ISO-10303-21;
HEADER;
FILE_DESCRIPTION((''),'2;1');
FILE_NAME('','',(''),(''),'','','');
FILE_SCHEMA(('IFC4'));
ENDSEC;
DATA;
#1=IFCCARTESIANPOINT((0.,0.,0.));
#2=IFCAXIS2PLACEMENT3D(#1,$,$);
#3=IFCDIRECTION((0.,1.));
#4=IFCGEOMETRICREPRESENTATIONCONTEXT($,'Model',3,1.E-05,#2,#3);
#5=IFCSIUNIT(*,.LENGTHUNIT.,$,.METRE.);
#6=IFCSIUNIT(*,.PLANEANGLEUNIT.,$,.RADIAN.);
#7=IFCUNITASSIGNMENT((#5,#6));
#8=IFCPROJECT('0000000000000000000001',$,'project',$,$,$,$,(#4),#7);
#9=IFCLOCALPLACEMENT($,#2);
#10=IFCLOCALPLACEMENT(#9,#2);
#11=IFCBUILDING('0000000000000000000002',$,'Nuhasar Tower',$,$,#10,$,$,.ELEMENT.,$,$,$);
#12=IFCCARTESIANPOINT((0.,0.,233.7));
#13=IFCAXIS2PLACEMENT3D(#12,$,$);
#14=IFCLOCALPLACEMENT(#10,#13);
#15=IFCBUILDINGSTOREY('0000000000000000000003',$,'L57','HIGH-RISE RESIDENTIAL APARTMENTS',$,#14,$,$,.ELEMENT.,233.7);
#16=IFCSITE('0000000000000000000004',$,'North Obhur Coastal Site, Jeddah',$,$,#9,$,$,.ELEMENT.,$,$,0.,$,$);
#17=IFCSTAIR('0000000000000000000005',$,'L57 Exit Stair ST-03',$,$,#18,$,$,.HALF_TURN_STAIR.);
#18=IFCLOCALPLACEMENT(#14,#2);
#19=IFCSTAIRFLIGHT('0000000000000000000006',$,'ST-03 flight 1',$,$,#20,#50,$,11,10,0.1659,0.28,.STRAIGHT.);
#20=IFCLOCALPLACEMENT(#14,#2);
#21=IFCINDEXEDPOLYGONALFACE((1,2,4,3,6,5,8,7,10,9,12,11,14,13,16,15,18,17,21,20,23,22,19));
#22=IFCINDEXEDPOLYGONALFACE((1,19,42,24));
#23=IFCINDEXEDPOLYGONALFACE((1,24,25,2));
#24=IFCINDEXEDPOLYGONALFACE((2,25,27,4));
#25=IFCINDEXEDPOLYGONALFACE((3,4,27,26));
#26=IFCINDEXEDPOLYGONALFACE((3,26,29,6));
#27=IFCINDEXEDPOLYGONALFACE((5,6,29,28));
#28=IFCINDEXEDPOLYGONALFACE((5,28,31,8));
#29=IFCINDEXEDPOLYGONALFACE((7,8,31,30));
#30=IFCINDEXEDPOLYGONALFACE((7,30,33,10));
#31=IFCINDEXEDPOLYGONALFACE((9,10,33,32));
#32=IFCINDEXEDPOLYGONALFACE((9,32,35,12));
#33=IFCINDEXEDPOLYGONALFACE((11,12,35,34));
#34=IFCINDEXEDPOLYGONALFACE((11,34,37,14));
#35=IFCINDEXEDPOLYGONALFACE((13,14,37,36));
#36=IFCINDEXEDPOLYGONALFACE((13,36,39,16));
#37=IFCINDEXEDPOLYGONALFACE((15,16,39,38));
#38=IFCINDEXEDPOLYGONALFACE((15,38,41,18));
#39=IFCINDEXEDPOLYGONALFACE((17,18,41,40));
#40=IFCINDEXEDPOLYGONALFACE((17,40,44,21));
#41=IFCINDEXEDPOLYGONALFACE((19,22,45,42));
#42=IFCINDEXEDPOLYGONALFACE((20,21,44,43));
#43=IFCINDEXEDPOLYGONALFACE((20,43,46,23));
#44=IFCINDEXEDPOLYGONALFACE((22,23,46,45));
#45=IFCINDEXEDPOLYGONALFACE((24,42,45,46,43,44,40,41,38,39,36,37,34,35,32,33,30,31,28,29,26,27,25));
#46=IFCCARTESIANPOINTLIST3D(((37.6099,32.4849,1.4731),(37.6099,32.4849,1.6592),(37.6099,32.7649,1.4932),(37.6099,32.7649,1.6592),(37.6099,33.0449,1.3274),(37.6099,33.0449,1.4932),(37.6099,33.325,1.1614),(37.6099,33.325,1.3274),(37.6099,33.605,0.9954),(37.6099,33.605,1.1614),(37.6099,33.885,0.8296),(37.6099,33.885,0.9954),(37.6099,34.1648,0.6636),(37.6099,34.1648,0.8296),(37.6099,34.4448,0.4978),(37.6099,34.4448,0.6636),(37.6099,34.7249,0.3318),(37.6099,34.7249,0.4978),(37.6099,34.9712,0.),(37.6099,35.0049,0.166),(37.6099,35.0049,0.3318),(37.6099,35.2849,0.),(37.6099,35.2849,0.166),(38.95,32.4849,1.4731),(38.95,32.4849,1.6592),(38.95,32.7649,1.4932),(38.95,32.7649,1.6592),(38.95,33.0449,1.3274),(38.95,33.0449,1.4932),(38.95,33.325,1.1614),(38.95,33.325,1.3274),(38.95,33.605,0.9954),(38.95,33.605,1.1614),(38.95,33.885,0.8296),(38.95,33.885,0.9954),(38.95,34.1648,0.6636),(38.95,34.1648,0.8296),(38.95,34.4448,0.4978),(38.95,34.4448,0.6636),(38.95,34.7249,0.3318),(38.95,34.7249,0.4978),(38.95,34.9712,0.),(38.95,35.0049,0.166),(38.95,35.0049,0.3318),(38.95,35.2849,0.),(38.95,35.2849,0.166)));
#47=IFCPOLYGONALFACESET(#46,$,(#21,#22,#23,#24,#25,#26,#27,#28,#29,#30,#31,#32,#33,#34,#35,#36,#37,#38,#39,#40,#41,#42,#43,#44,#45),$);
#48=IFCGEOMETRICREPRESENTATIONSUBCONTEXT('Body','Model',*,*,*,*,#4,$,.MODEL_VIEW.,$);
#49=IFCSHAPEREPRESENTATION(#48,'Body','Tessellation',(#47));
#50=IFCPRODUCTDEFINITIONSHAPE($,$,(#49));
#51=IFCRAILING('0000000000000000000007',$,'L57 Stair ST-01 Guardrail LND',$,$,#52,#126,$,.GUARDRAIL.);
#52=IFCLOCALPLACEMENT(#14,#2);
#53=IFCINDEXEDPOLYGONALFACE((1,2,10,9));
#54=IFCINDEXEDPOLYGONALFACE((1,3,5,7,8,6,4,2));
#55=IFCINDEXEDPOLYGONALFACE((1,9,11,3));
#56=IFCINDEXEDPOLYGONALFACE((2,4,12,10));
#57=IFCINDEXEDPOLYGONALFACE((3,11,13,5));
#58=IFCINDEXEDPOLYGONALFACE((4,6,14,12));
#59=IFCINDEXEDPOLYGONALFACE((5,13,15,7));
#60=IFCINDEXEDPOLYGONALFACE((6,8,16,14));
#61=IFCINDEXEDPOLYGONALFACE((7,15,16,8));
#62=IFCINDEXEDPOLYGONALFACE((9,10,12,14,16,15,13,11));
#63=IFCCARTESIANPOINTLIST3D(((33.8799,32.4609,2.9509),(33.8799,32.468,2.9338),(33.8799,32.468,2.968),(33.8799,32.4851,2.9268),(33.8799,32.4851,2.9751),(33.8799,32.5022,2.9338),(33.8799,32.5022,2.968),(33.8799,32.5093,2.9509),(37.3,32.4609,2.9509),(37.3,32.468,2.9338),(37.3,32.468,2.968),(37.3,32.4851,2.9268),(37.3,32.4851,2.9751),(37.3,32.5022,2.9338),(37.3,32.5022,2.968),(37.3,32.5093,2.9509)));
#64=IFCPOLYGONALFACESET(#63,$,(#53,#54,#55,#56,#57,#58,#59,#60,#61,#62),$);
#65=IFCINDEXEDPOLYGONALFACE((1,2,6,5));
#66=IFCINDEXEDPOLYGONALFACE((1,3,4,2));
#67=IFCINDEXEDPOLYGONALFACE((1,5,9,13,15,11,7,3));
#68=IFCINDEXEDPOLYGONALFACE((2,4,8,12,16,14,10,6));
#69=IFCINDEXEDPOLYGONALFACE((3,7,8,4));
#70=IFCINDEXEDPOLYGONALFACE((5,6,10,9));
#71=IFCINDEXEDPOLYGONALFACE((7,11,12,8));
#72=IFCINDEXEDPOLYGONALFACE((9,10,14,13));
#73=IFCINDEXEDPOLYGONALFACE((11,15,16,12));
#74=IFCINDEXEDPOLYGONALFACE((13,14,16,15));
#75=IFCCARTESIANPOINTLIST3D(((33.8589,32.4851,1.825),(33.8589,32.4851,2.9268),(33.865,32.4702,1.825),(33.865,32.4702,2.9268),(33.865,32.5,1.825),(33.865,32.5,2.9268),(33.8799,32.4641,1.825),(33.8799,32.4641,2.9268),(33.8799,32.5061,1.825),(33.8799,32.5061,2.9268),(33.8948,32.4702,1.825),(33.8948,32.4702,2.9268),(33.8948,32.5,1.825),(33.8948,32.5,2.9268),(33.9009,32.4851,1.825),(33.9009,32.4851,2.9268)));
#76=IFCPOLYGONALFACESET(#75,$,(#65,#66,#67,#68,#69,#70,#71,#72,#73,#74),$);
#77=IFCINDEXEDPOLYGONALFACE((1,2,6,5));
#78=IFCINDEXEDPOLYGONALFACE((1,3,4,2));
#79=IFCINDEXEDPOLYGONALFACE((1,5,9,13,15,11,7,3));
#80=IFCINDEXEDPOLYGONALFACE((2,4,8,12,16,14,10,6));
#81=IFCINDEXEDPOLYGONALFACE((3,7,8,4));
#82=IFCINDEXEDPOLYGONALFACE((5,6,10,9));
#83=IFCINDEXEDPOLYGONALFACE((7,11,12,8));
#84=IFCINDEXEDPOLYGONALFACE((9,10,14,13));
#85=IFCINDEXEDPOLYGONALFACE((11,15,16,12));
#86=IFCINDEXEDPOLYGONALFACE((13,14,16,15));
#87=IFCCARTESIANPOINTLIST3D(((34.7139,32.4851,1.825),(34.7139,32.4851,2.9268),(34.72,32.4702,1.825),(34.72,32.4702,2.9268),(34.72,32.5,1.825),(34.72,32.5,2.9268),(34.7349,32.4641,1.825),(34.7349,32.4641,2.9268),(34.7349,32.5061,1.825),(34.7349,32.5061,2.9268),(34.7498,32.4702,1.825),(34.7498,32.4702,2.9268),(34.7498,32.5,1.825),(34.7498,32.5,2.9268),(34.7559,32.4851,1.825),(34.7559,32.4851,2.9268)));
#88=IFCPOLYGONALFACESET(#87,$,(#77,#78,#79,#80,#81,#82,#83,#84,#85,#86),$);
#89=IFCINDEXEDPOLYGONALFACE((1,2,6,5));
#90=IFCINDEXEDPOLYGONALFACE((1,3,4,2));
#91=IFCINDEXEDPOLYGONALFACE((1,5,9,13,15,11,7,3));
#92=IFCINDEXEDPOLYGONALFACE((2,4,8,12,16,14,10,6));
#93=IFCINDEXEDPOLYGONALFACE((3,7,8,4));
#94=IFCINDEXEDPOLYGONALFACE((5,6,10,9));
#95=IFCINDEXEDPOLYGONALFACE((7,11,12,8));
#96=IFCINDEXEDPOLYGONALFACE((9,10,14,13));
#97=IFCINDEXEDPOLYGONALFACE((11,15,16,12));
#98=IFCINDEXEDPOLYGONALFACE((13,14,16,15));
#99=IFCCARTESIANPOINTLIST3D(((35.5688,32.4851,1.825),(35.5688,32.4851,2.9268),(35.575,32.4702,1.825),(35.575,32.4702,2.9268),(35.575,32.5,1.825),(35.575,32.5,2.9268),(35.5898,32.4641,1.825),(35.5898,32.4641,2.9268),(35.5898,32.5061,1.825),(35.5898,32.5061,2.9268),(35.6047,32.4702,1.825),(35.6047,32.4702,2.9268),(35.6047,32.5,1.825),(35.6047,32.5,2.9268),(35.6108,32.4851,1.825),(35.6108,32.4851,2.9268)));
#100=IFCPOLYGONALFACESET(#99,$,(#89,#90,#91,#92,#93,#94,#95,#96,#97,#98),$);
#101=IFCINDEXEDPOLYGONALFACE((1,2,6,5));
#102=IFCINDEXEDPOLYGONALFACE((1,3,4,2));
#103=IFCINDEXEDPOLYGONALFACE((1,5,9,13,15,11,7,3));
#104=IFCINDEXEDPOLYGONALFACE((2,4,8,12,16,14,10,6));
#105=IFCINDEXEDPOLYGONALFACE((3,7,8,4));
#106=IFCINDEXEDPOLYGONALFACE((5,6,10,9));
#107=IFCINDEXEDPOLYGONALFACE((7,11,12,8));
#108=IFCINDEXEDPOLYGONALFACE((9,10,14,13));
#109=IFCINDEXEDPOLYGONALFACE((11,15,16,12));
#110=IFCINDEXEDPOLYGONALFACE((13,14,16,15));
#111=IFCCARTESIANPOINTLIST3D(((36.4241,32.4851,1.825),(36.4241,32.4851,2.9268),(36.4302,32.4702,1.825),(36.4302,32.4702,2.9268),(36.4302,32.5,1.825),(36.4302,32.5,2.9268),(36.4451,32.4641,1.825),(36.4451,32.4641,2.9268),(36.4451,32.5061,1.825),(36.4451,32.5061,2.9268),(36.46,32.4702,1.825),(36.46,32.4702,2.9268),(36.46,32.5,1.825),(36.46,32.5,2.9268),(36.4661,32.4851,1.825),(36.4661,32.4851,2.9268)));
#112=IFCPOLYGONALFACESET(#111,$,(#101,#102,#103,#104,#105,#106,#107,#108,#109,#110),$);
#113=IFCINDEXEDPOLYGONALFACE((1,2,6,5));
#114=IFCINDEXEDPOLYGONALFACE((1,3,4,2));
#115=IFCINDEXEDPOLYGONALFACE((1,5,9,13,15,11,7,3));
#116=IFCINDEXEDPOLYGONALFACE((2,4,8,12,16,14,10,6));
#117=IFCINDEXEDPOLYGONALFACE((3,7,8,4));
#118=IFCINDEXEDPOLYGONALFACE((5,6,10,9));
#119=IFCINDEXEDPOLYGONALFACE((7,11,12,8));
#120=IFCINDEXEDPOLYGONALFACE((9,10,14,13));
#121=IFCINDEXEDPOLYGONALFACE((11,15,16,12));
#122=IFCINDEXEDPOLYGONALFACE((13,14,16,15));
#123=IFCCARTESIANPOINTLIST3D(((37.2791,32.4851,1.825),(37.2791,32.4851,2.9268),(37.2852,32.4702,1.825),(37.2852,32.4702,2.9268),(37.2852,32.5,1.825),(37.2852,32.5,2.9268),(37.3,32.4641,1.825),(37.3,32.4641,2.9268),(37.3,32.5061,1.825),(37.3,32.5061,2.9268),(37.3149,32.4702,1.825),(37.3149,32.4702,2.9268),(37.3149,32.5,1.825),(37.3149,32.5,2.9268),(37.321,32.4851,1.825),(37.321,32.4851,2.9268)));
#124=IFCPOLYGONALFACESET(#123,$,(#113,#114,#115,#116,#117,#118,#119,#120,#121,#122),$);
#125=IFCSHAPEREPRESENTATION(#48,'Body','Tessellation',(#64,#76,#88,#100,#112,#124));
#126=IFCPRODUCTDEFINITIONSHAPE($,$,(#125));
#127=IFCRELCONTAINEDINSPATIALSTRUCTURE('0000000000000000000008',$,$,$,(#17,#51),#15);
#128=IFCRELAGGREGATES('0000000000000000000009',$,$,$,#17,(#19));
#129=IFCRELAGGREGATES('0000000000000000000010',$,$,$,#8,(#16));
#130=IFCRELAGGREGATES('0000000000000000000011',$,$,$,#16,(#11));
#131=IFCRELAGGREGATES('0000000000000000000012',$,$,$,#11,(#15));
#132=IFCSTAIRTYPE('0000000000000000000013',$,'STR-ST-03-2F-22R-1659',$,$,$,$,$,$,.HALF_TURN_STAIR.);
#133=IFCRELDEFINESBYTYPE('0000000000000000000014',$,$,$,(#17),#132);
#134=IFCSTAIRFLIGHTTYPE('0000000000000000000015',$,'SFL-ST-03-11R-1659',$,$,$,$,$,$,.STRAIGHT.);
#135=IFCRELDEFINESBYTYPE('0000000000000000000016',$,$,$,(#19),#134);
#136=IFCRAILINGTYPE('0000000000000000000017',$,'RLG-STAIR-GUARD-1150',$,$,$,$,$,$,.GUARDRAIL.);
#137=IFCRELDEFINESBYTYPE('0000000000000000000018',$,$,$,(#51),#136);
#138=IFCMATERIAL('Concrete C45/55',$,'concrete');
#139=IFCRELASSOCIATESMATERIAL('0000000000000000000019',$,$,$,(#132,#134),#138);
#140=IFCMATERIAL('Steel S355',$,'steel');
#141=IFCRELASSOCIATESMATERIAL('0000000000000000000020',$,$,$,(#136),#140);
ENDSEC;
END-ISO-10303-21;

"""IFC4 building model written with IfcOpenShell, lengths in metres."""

from ifc_helpers import new_model, si_unit, direction, frame, origin, place, context, subcontext, project, spatial, polyline, outline, extrude, material, type_object, element, aggregate, save


model = new_model("IFC4")

# Units and contexts
model_context = context("Model", 3, precision=1e-05, world=origin(), true_north=direction((0.0, 1.0)))
body_context = subcontext(model_context, "Body", "Model", "MODEL_VIEW")
ifc_project = project(units=[si_unit("LENGTHUNIT", "METRE"), si_unit("PLANEANGLEUNIT", "RADIAN")], contexts=[model_context])

# Site, building, storey
site_placement = place(None, origin())
site = spatial("IfcSite", under=ifc_project, at=site_placement, Name="North Obhur Coastal Site, Jeddah", CompositionType="ELEMENT", RefElevation=0.0)
building_placement = place(site_placement, origin())
building = spatial("IfcBuilding", under=site, at=building_placement, Name="Nuhasar Tower", CompositionType="ELEMENT")
storey_placement = place(building_placement, frame((0.0, 0.0, 233.7)))
storey = spatial("IfcBuildingStorey", under=building, at=storey_placement, Name="L57", Description="HIGH-RISE RESIDENTIAL APARTMENTS", CompositionType="ELEMENT", Elevation=233.7)

# Shared definitions
ifc_material_1 = material(Name="Steel S355", Category="steel")

# Shared definitions
ifc_material_2 = material(Name="Concrete C45/55", Category="concrete")

# Stair, stair flight
stair_type_1 = type_object("IfcStairType", Name="STR-ST-03-2F-22R-1659", PredefinedType="HALF_TURN_STAIR", material=ifc_material_2)
stair_1_placement = place(storey_placement, origin())
stair_1 = element("IfcStair", 1, at=stair_1_placement, inside=storey, type_object=stair_type_1, Name="L57 Exit Stair ST-03", PredefinedType="HALF_TURN_STAIR")
stair_flight_type_1 = type_object("IfcStairFlightType", Name="SFL-ST-03-11R-1659", PredefinedType="STRAIGHT", material=ifc_material_2)
stair_flight_1_placement = place(storey_placement, frame((38.28, 35.2849, 0.0), z_axis=(0.0, 0.0, 1.0), x_axis=(0.0, -1.0, 0.0)))
stair_flight_1 = element("IfcStairFlight", 2, at=stair_flight_1_placement, type_object=stair_flight_type_1, Name="ST-03 flight 1", NumberOfRisers=11, NumberOfTreads=10, PredefinedType="STRAIGHT", RiserHeight=0.1659, TreadLength=0.28, context=body_context, shape_type="SweptSolid", body=[
    extrude(outline(polyline([(0.0, 0.0), (0.0, 0.166), (0.28, 0.166), (0.28, 0.3318), (0.5601, 0.3318), (0.5601, 0.4978), (0.8401, 0.4978), (0.8401, 0.6636), (1.1201, 0.6636), (1.1201, 0.8296), (1.3999, 0.8296), (1.3999, 0.9954), (1.6799, 0.9954), (1.6799, 1.1614), (1.96, 1.1614), (1.96, 1.3274), (2.24, 1.3274), (2.24, 1.4932), (2.52, 1.4932), (2.52, 1.6592), (2.8, 1.6592), (2.8, 1.825), (2.8, 1.4731), (0.3137, 0.0), (0.0, 0.0)])), frame((0.0, 0.6699, 0.0), z_axis=(0.0, -1.0, 0.0), x_axis=(1.0, 0.0, 0.0)), (0.0, 0.0, 1.0), 1.3401),
])
aggregate(stair_1, [stair_flight_1])

# Railing
railing_type_1 = type_object("IfcRailingType", Name="RLG-STAIR-GUARD-1150", PredefinedType="GUARDRAIL", material=ifc_material_1)
railing_1_placement = place(storey_placement, frame((33.8799, 32.4851, 1.825)))
element("IfcRailing", 3, at=railing_1_placement, inside=storey, type_object=railing_type_1, Name="L57 Stair ST-01 Guardrail LND", PredefinedType="GUARDRAIL", context=body_context, shape_type="SweptSolid", body=[
    extrude(outline(polyline([(0.0242, 0.0), (0.0171, 0.0171), (0.0, 0.0242), (-0.0171, 0.0171), (-0.0242, 0.0), (-0.0171, -0.0171), (0.0, -0.0242), (0.0171, -0.0171), (0.0242, 0.0)])), frame((0.0, 0.0, 1.126), z_axis=(1.0, 0.0, 0.0), x_axis=(0.0, 1.0, 0.0)), (0.0, 0.0, 1.0), 3.4202),
    extrude(outline(polyline([(0.021, 0.0), (0.0149, 0.0149), (0.0, 0.021), (-0.0149, 0.0149), (-0.021, 0.0), (-0.0149, -0.0149), (0.0, -0.021), (0.0149, -0.0149), (0.021, 0.0)])), origin(), (0.0, 0.0, 1.0), 1.1018),
    extrude(outline(polyline([(0.021, 0.0), (0.0149, 0.0149), (0.0, 0.021), (-0.0149, 0.0149), (-0.021, 0.0), (-0.0149, -0.0149), (0.0, -0.021), (0.0149, -0.0149), (0.021, 0.0)])), frame((0.855, 0.0, 0.0)), (0.0, 0.0, 1.0), 1.1018),
    extrude(outline(polyline([(0.021, 0.0), (0.0149, 0.0149), (0.0, 0.021), (-0.0149, 0.0149), (-0.021, 0.0), (-0.0149, -0.0149), (0.0, -0.021), (0.0149, -0.0149), (0.021, 0.0)])), frame((1.71, 0.0, 0.0)), (0.0, 0.0, 1.0), 1.1018),
    extrude(outline(polyline([(0.021, 0.0), (0.0149, 0.0149), (0.0, 0.021), (-0.0149, 0.0149), (-0.021, 0.0), (-0.0149, -0.0149), (0.0, -0.021), (0.0149, -0.0149), (0.021, 0.0)])), frame((2.5652, 0.0, 0.0)), (0.0, 0.0, 1.0), 1.1018),
    extrude(outline(polyline([(0.021, 0.0), (0.0149, 0.0149), (0.0, 0.021), (-0.0149, 0.0149), (-0.021, 0.0), (-0.0149, -0.0149), (0.0, -0.021), (0.0149, -0.0149), (0.021, 0.0)])), frame((3.4202, 0.0, 0.0)), (0.0, 0.0, 1.0), 1.1018),
])

save(model, "model.ifc")
